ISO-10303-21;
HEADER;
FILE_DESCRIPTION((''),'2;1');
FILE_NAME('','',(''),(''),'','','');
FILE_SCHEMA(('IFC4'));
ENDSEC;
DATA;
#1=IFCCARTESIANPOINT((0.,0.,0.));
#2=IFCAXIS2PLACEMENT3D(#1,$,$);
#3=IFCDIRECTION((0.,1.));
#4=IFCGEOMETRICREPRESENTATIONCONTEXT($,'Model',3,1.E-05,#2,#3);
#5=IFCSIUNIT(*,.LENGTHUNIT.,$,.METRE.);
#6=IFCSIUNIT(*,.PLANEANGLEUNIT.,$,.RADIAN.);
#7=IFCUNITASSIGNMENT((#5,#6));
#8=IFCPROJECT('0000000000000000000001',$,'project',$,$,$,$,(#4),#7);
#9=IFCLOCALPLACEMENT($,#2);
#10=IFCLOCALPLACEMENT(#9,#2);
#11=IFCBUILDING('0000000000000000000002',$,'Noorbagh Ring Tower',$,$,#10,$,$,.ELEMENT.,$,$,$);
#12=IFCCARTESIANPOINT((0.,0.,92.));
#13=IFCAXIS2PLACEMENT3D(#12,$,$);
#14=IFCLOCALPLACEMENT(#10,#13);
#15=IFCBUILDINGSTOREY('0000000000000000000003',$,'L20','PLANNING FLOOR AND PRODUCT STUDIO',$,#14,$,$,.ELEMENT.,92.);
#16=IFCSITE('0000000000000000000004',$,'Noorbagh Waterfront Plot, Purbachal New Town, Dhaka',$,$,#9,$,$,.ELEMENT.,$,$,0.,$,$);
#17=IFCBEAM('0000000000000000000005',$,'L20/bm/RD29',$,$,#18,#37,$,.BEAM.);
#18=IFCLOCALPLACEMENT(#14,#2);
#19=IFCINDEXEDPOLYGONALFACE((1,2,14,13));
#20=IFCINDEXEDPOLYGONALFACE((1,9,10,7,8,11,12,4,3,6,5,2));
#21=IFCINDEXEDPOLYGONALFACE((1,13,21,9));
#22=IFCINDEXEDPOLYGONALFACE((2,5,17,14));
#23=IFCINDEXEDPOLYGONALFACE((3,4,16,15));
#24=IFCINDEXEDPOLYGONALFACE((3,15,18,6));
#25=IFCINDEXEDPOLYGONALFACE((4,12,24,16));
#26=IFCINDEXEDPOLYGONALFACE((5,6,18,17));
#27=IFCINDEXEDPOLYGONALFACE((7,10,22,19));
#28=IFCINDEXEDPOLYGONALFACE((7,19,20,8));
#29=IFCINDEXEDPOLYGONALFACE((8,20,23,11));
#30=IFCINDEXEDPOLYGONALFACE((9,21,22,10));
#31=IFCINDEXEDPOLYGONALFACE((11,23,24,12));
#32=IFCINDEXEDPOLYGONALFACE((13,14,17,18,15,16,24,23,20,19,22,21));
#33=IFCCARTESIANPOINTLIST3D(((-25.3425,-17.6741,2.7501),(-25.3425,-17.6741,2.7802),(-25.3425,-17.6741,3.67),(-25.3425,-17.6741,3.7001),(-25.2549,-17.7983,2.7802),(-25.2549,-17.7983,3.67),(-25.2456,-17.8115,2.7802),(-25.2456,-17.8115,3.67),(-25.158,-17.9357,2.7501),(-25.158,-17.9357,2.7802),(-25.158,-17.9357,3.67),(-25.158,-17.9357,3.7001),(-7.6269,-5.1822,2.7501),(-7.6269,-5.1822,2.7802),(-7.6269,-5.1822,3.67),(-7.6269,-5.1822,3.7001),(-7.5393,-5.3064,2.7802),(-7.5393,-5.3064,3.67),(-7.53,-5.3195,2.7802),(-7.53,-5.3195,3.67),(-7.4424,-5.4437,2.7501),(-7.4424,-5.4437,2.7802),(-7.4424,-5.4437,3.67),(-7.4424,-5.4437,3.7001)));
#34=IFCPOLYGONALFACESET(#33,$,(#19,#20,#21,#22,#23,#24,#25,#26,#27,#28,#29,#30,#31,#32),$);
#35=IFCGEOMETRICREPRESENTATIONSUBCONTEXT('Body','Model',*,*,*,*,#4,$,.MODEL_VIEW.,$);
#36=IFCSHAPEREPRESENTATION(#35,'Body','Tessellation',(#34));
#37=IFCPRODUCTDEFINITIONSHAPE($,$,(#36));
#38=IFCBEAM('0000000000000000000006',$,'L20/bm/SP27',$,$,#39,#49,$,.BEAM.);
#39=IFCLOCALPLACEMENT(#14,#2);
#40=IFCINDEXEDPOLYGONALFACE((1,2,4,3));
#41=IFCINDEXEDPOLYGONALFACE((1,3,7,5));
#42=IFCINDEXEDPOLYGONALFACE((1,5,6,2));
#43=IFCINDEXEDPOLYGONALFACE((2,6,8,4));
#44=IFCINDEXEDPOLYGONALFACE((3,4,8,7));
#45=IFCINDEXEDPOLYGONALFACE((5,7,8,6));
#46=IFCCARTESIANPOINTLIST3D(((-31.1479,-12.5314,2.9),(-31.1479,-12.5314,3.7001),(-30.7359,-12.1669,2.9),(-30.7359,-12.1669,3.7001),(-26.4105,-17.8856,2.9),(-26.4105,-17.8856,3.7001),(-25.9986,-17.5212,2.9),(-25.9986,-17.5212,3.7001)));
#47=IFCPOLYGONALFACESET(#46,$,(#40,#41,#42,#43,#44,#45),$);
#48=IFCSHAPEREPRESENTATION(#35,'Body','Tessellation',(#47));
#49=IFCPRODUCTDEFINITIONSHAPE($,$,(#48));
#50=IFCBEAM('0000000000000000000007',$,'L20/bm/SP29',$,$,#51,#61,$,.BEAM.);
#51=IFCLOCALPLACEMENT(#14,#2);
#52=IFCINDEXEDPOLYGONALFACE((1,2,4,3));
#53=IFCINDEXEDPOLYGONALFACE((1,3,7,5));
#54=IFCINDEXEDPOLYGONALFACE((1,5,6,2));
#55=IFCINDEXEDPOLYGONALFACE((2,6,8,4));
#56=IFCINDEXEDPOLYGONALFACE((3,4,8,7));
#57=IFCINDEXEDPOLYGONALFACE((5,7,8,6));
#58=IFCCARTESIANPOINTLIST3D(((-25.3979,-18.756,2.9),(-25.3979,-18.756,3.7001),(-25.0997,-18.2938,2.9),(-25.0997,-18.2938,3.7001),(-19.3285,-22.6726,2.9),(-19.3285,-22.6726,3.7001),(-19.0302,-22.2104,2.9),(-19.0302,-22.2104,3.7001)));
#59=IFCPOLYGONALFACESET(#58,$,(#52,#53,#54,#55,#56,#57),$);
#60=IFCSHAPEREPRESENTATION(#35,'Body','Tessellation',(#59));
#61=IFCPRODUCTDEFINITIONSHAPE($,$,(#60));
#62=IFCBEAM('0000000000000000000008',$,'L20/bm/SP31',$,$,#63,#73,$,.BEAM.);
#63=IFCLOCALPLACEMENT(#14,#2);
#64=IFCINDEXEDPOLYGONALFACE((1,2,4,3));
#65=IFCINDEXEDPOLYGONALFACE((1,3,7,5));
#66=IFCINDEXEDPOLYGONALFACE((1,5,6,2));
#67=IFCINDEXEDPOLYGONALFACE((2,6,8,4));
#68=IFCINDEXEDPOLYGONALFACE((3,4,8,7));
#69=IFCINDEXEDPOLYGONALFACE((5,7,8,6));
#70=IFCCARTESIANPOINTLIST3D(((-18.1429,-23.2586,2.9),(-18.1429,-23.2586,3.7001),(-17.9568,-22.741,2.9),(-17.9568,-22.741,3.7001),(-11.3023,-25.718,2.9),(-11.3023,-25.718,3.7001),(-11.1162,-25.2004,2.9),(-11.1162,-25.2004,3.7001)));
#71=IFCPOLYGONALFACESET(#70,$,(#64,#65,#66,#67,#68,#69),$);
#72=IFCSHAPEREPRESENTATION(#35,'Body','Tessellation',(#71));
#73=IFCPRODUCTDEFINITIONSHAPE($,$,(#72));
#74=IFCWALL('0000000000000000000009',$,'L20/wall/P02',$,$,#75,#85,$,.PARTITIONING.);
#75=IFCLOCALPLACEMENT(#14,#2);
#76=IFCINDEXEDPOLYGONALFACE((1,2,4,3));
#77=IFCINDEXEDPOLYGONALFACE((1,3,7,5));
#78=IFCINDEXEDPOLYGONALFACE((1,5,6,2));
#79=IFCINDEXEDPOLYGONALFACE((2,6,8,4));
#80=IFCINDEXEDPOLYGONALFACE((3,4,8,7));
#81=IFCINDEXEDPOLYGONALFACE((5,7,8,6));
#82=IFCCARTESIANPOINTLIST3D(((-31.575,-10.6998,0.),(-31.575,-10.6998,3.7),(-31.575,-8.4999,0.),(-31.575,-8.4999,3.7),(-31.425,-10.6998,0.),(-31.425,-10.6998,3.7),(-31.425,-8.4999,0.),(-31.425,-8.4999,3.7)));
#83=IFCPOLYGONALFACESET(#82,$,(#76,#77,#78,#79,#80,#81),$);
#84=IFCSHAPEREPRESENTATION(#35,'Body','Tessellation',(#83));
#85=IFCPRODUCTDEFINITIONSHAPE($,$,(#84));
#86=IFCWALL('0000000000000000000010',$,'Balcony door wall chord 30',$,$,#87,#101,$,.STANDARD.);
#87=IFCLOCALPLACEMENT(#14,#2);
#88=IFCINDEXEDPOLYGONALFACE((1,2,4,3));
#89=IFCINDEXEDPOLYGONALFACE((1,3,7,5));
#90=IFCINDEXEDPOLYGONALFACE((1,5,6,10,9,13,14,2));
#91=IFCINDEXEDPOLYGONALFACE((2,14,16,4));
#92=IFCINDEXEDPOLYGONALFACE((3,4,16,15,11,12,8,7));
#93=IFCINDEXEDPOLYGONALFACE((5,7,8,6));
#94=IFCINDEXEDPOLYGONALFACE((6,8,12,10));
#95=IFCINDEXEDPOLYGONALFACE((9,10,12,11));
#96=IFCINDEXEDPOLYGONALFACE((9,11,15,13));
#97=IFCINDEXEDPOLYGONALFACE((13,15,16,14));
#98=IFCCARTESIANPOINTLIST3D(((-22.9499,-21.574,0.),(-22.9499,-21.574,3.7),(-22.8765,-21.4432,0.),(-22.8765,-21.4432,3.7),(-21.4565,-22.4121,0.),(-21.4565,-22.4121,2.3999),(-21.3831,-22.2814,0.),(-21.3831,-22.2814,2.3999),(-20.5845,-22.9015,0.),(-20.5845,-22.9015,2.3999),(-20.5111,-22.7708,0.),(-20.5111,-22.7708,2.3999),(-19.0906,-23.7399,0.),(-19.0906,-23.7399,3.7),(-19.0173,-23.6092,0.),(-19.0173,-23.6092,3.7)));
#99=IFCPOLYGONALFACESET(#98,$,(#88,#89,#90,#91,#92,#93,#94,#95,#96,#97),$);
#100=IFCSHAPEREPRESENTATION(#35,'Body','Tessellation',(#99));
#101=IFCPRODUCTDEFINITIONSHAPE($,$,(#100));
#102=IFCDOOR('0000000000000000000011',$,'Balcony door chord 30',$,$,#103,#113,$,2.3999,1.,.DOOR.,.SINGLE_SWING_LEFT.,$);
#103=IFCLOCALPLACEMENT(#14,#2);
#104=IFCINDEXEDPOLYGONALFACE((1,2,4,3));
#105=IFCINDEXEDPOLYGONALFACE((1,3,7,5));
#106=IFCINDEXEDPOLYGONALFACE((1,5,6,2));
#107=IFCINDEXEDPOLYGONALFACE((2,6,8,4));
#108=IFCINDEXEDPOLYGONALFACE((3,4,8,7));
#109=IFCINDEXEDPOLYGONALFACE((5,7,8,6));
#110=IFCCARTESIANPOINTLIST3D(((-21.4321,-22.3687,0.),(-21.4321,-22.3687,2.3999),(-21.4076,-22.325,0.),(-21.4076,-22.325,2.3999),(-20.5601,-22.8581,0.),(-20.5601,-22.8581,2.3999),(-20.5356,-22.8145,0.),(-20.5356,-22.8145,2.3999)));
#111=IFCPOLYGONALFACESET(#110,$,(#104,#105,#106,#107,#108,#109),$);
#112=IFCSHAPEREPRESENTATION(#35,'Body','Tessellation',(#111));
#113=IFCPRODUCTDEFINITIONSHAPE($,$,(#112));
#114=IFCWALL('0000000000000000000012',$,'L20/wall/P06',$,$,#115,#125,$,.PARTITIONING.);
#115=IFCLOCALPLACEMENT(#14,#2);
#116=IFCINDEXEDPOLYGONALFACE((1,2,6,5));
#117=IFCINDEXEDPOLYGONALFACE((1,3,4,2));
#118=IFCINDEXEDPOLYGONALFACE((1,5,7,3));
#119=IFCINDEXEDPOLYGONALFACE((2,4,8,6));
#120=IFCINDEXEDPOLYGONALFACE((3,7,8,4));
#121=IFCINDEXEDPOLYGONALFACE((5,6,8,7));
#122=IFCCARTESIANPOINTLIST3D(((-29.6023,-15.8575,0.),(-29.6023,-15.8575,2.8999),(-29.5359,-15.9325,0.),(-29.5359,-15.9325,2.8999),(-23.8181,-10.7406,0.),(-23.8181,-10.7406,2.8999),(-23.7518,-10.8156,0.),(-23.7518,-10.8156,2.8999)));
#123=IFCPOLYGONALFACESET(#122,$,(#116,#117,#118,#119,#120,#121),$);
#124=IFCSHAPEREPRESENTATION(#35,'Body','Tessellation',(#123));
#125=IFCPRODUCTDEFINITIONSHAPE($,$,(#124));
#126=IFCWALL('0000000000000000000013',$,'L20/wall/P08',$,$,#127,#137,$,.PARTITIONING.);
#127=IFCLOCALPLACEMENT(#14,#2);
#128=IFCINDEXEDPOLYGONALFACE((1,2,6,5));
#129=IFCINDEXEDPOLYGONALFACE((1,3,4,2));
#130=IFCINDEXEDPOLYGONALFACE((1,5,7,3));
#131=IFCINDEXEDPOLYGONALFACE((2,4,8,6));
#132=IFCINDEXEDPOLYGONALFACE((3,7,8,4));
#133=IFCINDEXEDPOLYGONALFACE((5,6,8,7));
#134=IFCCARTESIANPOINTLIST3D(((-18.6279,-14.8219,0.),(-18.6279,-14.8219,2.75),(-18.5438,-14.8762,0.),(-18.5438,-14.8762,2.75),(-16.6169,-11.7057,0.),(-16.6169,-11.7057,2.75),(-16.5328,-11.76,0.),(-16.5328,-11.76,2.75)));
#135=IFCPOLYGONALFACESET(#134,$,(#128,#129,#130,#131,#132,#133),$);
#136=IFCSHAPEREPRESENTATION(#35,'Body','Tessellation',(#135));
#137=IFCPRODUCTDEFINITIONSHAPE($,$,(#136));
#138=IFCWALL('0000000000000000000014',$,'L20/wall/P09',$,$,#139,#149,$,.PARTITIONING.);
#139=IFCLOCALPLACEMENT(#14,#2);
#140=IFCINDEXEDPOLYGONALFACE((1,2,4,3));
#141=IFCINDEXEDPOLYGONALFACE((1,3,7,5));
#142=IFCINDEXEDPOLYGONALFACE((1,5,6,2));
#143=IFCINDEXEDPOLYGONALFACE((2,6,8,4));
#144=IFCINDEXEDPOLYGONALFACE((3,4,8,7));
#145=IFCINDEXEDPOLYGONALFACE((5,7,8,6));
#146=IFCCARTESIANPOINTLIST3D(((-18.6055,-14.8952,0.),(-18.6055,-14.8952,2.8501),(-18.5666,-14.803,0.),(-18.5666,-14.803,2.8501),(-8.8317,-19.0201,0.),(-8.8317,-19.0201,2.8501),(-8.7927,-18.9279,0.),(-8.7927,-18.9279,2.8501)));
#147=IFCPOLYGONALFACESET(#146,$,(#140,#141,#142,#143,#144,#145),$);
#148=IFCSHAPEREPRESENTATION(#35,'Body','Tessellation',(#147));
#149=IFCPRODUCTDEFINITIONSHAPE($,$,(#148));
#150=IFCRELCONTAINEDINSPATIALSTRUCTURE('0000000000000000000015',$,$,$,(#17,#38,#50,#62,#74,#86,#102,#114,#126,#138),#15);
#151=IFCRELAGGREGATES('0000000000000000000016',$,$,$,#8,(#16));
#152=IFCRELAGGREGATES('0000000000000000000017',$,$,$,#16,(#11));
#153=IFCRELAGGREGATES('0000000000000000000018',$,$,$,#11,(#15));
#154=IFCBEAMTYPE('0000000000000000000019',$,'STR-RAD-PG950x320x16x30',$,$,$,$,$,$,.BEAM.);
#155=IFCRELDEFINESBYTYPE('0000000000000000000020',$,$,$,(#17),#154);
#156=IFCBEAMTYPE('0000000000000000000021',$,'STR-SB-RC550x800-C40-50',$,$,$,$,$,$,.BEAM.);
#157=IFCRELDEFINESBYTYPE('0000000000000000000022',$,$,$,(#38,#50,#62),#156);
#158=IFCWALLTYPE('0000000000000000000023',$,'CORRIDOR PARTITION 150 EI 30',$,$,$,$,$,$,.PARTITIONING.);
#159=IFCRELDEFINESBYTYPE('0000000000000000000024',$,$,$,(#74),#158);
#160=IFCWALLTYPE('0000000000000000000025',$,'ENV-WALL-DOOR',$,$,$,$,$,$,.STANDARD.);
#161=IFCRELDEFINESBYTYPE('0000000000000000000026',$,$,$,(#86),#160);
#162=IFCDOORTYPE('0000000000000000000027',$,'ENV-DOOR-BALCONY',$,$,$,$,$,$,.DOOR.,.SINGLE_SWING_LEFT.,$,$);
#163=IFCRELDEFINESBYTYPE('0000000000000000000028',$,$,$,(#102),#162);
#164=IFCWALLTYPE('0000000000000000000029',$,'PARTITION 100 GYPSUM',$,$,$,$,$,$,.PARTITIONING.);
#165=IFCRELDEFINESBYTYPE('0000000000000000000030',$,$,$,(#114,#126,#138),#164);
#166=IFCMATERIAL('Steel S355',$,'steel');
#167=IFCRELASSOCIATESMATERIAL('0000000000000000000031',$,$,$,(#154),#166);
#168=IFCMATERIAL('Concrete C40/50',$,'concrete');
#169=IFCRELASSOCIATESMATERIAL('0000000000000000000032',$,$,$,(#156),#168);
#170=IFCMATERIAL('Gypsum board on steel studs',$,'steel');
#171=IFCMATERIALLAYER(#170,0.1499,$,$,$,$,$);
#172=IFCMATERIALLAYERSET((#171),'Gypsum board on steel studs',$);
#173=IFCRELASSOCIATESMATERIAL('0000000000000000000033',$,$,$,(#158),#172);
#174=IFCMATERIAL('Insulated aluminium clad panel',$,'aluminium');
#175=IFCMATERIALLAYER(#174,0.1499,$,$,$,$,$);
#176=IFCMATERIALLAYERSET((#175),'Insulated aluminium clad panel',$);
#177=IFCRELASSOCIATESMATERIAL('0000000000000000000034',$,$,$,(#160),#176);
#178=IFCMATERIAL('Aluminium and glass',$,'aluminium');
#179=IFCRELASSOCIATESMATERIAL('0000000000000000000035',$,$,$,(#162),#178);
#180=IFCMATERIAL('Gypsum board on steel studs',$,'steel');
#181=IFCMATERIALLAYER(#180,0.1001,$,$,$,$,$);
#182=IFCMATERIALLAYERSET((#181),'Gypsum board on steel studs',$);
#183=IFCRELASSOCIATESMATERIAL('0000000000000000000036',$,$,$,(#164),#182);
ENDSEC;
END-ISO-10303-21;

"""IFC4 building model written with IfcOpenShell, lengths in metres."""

from ifc_helpers import new_model, si_unit, direction, frame, frame_2d, origin, origin_2d, place, context, subcontext, project, spatial, rectangle, i_section, extrude, material, layer, layer_set, material_profile, profile_set, type_object, element, fill, save


model = new_model("IFC4")

# Units and contexts
model_context = context("Model", 3, precision=1e-05, world=origin(), true_north=direction((0.0, 1.0)))
body_context = subcontext(model_context, "Body", "Model", "MODEL_VIEW")
ifc_project = project(units=[si_unit("LENGTHUNIT", "METRE"), si_unit("PLANEANGLEUNIT", "RADIAN")], contexts=[model_context])

# Site, building, storey
site_placement = place(None, origin())
site = spatial("IfcSite", under=ifc_project, at=site_placement, Name="Noorbagh Waterfront Plot, Purbachal New Town, Dhaka", CompositionType="ELEMENT", RefElevation=0.0)
building_placement = place(site_placement, origin())
building = spatial("IfcBuilding", under=site, at=building_placement, Name="Noorbagh Ring Tower", CompositionType="ELEMENT")
storey_placement = place(building_placement, frame((0.0, 0.0, 92.0)))
storey = spatial("IfcBuildingStorey", under=building, at=storey_placement, Name="L20", Description="PLANNING FLOOR AND PRODUCT STUDIO", CompositionType="ELEMENT", Elevation=92.0)

# Beams
ifc_material_1 = material(Name="Steel S355", Category="steel")
ifc_material_profile_1 = material_profile(ifc_material_1, i_section(OverallWidth=0.3201, OverallDepth=0.95, WebThickness=0.0161, FlangeThickness=0.03, at=origin_2d()), Name="PG950x320x16x30")
ifc_profile_set_1 = profile_set([ifc_material_profile_1], Name="Steel S355")
beam_type_1 = type_object("IfcBeamType", Name="STR-RAD-PG950x320x16x30", PredefinedType="BEAM", material=ifc_profile_set_1)
beam_1_placement = place(storey_placement, frame((-25.2502, -17.8049, 3.2251), z_axis=(0.817254, 0.576278, 0.0), x_axis=(-0.576278, 0.817254, 0.0)))
element("IfcBeam", 1, at=beam_1_placement, inside=storey, type_object=beam_type_1, Name="L20/bm/RD29", PredefinedType="BEAM", context=body_context, shape_type="SweptSolid", body=[
    extrude(i_section(OverallWidth=0.3201, OverallDepth=0.95, WebThickness=0.0161, FlangeThickness=0.03, at=origin_2d()), origin(), (0.0, 0.0, 1.0), 21.677),
])
ifc_material_2 = material(Name="Concrete C40/50", Category="concrete")
ifc_material_profile_2 = material_profile(ifc_material_2, rectangle(XDim=0.55, YDim=0.8, at=origin_2d()), Name="RC550x800")
ifc_profile_set_2 = profile_set([ifc_material_profile_2], Name="Concrete C40/50")
beam_type_2 = type_object("IfcBeamType", Name="STR-SB-RC550x800-C40-50", PredefinedType="BEAM", material=ifc_profile_set_2)
beam_2_placement = place(storey_placement, frame((-30.9419, -12.3491, 3.3), z_axis=(0.662641, -0.748937, 0.0), x_axis=(0.748937, 0.662641, 0.0)))
element("IfcBeam", 2, at=beam_2_placement, inside=storey, type_object=beam_type_2, Name="L20/bm/SP27", PredefinedType="BEAM", context=body_context, shape_type="SweptSolid", body=[
    extrude(rectangle(XDim=0.55, YDim=0.8, at=origin_2d()), origin(), (0.0, 0.0, 1.0), 7.1492),
])
beam_3_placement = place(storey_placement, frame((-25.2488, -18.5249, 3.3), z_axis=(0.840246, -0.542205, 0.0), x_axis=(0.542205, 0.840246, 0.0)))
element("IfcBeam", 3, at=beam_3_placement, inside=storey, type_object=beam_type_2, Name="L20/bm/SP29", PredefinedType="BEAM", context=body_context, shape_type="SweptSolid", body=[
    extrude(rectangle(XDim=0.55, YDim=0.8, at=origin_2d()), origin(), (0.0, 0.0, 1.0), 7.2234),
])
beam_4_placement = place(storey_placement, frame((-18.0498, -22.9998, 3.3), z_axis=(0.941025, -0.338338, 0.0), x_axis=(0.338338, 0.941025, 0.0)))
element("IfcBeam", 4, at=beam_4_placement, inside=storey, type_object=beam_type_2, Name="L20/bm/SP31", PredefinedType="BEAM", context=body_context, shape_type="SweptSolid", body=[
    extrude(rectangle(XDim=0.55, YDim=0.8, at=origin_2d()), origin(), (0.0, 0.0, 1.0), 7.2693),
])

# Wall
ifc_material_3 = material(Name="Gypsum board on steel studs", Category="steel")
ifc_layer_1 = layer(ifc_material_3, 0.1499)
ifc_layer_set_1 = layer_set([ifc_layer_1], Name="Gypsum board on steel studs")
wall_type_1 = type_object("IfcWallType", Name="CORRIDOR PARTITION 150 EI 30", PredefinedType="PARTITIONING", material=ifc_layer_set_1)
wall_1_placement = place(storey_placement, frame((-31.5, -10.7, 0.0), z_axis=(0.0, 0.0, 1.0), x_axis=(0.0, 1.0, 0.0)))
element("IfcWall", 5, at=wall_1_placement, inside=storey, type_object=wall_type_1, Name="L20/wall/P02", PredefinedType="PARTITIONING", context=body_context, shape_type="SweptSolid", body=[
    extrude(rectangle(XDim=2.2, YDim=0.1499, at=frame_2d((1.1001, 0.0))), origin(), (0.0, 0.0, 1.0), 3.7),
])

# Wall, opening, door
ifc_material_4 = material(Name="Insulated aluminium clad panel", Category="aluminium")
ifc_layer_2 = layer(ifc_material_4, 0.1499)
ifc_layer_set_2 = layer_set([ifc_layer_2], Name="Insulated aluminium clad panel")
wall_type_2 = type_object("IfcWallType", Name="ENV-WALL-DOOR", PredefinedType="STANDARD", material=ifc_layer_set_2)
wall_2_placement = place(storey_placement, frame((-22.9133, -21.5085, 0.0), z_axis=(0.0, 0.0, 1.0), x_axis=(0.872047, -0.489423, 0.0)))
wall_2 = element("IfcWall", 6, at=wall_2_placement, inside=storey, type_object=wall_type_2, Name="Balcony door wall chord 30", PredefinedType="STANDARD", context=body_context, shape_type="SweptSolid", body=[
    extrude(rectangle(XDim=4.4255, YDim=0.1499, at=frame_2d((2.2129, 0.0))), origin(), (0.0, 0.0, 1.0), 3.7),
])
opening_placement = place(wall_2_placement, frame((1.7126, 0.0, 0.0)))
opening = element("IfcOpeningElement", 7, at=opening_placement, cuts=wall_2, PredefinedType="OPENING", context=body_context, shape_type="SweptSolid", body=[
    extrude(rectangle(XDim=1.0, YDim=2.3999, at=frame_2d((0.5, 1.2))), frame((0.0, 0.085, 0.0), z_axis=(0.0, -1.0, 0.0), x_axis=(1.0, 0.0, 0.0)), (0.0, 0.0, 1.0), 0.1699),
])
ifc_material_5 = material(Name="Aluminium and glass", Category="aluminium")
door_type = type_object("IfcDoorType", Name="ENV-DOOR-BALCONY", OperationType="SINGLE_SWING_LEFT", PredefinedType="DOOR", material=ifc_material_5)
door_placement = place(opening_placement, origin())
door = element("IfcDoor", 8, at=door_placement, inside=storey, type_object=door_type, Name="Balcony door chord 30", OperationType="SINGLE_SWING_LEFT", OverallHeight=2.3999, OverallWidth=1.0, PredefinedType="DOOR", context=body_context, shape_type="SweptSolid", body=[
    extrude(rectangle(XDim=1.0, YDim=2.3999, at=frame_2d((0.5, 1.2))), frame((0.0, 0.0249, 0.0), z_axis=(0.0, -1.0, 0.0), x_axis=(1.0, 0.0, 0.0)), (0.0, 0.0, 1.0), 0.05),
])
fill(opening, door)

# Walls
ifc_material_6 = material(Name="Gypsum board on steel studs", Category="steel")
ifc_layer_3 = layer(ifc_material_6, 0.1001)
ifc_layer_set_3 = layer_set([ifc_layer_3], Name="Gypsum board on steel studs")
wall_type_3 = type_object("IfcWallType", Name="PARTITION 100 GYPSUM", PredefinedType="PARTITIONING", material=ifc_layer_set_3)
wall_3_placement = place(storey_placement, frame((-29.5691, -15.895, 0.0), z_axis=(0.0, 0.0, 1.0), x_axis=(0.748986, 0.662586, 0.0)))
element("IfcWall", 9, at=wall_3_placement, inside=storey, type_object=wall_type_3, Name="L20/wall/P06", PredefinedType="PARTITIONING", context=body_context, shape_type="SweptSolid", body=[
    extrude(rectangle(XDim=7.7227, YDim=0.1001, at=frame_2d((3.8613, 0.0))), origin(), (0.0, 0.0, 1.0), 2.8999),
])
wall_4_placement = place(storey_placement, frame((-18.5859, -14.8491, 0.0), z_axis=(0.0, 0.0, 1.0), x_axis=(0.542227, 0.840232, 0.0)))
element("IfcWall", 10, at=wall_4_placement, inside=storey, type_object=wall_type_3, Name="L20/wall/P08", PredefinedType="PARTITIONING", context=body_context, shape_type="SweptSolid", body=[
    extrude(rectangle(XDim=3.7087, YDim=0.1001, at=frame_2d((1.8545, 0.0))), origin(), (0.0, 0.0, 1.0), 2.75),
])
wall_5_placement = place(storey_placement, frame((-18.5859, -14.8491, 0.0), z_axis=(0.0, 0.0, 1.0), x_axis=(0.921309, -0.388831, 0.0)))
element("IfcWall", 11, at=wall_5_placement, inside=storey, type_object=wall_type_3, Name="L20/wall/P09", PredefinedType="PARTITIONING", context=body_context, shape_type="SweptSolid", body=[
    extrude(rectangle(XDim=10.6086, YDim=0.1001, at=frame_2d((5.3042, 0.0))), origin(), (0.0, 0.0, 1.0), 2.8501),
])

save(model, "model.ifc")
